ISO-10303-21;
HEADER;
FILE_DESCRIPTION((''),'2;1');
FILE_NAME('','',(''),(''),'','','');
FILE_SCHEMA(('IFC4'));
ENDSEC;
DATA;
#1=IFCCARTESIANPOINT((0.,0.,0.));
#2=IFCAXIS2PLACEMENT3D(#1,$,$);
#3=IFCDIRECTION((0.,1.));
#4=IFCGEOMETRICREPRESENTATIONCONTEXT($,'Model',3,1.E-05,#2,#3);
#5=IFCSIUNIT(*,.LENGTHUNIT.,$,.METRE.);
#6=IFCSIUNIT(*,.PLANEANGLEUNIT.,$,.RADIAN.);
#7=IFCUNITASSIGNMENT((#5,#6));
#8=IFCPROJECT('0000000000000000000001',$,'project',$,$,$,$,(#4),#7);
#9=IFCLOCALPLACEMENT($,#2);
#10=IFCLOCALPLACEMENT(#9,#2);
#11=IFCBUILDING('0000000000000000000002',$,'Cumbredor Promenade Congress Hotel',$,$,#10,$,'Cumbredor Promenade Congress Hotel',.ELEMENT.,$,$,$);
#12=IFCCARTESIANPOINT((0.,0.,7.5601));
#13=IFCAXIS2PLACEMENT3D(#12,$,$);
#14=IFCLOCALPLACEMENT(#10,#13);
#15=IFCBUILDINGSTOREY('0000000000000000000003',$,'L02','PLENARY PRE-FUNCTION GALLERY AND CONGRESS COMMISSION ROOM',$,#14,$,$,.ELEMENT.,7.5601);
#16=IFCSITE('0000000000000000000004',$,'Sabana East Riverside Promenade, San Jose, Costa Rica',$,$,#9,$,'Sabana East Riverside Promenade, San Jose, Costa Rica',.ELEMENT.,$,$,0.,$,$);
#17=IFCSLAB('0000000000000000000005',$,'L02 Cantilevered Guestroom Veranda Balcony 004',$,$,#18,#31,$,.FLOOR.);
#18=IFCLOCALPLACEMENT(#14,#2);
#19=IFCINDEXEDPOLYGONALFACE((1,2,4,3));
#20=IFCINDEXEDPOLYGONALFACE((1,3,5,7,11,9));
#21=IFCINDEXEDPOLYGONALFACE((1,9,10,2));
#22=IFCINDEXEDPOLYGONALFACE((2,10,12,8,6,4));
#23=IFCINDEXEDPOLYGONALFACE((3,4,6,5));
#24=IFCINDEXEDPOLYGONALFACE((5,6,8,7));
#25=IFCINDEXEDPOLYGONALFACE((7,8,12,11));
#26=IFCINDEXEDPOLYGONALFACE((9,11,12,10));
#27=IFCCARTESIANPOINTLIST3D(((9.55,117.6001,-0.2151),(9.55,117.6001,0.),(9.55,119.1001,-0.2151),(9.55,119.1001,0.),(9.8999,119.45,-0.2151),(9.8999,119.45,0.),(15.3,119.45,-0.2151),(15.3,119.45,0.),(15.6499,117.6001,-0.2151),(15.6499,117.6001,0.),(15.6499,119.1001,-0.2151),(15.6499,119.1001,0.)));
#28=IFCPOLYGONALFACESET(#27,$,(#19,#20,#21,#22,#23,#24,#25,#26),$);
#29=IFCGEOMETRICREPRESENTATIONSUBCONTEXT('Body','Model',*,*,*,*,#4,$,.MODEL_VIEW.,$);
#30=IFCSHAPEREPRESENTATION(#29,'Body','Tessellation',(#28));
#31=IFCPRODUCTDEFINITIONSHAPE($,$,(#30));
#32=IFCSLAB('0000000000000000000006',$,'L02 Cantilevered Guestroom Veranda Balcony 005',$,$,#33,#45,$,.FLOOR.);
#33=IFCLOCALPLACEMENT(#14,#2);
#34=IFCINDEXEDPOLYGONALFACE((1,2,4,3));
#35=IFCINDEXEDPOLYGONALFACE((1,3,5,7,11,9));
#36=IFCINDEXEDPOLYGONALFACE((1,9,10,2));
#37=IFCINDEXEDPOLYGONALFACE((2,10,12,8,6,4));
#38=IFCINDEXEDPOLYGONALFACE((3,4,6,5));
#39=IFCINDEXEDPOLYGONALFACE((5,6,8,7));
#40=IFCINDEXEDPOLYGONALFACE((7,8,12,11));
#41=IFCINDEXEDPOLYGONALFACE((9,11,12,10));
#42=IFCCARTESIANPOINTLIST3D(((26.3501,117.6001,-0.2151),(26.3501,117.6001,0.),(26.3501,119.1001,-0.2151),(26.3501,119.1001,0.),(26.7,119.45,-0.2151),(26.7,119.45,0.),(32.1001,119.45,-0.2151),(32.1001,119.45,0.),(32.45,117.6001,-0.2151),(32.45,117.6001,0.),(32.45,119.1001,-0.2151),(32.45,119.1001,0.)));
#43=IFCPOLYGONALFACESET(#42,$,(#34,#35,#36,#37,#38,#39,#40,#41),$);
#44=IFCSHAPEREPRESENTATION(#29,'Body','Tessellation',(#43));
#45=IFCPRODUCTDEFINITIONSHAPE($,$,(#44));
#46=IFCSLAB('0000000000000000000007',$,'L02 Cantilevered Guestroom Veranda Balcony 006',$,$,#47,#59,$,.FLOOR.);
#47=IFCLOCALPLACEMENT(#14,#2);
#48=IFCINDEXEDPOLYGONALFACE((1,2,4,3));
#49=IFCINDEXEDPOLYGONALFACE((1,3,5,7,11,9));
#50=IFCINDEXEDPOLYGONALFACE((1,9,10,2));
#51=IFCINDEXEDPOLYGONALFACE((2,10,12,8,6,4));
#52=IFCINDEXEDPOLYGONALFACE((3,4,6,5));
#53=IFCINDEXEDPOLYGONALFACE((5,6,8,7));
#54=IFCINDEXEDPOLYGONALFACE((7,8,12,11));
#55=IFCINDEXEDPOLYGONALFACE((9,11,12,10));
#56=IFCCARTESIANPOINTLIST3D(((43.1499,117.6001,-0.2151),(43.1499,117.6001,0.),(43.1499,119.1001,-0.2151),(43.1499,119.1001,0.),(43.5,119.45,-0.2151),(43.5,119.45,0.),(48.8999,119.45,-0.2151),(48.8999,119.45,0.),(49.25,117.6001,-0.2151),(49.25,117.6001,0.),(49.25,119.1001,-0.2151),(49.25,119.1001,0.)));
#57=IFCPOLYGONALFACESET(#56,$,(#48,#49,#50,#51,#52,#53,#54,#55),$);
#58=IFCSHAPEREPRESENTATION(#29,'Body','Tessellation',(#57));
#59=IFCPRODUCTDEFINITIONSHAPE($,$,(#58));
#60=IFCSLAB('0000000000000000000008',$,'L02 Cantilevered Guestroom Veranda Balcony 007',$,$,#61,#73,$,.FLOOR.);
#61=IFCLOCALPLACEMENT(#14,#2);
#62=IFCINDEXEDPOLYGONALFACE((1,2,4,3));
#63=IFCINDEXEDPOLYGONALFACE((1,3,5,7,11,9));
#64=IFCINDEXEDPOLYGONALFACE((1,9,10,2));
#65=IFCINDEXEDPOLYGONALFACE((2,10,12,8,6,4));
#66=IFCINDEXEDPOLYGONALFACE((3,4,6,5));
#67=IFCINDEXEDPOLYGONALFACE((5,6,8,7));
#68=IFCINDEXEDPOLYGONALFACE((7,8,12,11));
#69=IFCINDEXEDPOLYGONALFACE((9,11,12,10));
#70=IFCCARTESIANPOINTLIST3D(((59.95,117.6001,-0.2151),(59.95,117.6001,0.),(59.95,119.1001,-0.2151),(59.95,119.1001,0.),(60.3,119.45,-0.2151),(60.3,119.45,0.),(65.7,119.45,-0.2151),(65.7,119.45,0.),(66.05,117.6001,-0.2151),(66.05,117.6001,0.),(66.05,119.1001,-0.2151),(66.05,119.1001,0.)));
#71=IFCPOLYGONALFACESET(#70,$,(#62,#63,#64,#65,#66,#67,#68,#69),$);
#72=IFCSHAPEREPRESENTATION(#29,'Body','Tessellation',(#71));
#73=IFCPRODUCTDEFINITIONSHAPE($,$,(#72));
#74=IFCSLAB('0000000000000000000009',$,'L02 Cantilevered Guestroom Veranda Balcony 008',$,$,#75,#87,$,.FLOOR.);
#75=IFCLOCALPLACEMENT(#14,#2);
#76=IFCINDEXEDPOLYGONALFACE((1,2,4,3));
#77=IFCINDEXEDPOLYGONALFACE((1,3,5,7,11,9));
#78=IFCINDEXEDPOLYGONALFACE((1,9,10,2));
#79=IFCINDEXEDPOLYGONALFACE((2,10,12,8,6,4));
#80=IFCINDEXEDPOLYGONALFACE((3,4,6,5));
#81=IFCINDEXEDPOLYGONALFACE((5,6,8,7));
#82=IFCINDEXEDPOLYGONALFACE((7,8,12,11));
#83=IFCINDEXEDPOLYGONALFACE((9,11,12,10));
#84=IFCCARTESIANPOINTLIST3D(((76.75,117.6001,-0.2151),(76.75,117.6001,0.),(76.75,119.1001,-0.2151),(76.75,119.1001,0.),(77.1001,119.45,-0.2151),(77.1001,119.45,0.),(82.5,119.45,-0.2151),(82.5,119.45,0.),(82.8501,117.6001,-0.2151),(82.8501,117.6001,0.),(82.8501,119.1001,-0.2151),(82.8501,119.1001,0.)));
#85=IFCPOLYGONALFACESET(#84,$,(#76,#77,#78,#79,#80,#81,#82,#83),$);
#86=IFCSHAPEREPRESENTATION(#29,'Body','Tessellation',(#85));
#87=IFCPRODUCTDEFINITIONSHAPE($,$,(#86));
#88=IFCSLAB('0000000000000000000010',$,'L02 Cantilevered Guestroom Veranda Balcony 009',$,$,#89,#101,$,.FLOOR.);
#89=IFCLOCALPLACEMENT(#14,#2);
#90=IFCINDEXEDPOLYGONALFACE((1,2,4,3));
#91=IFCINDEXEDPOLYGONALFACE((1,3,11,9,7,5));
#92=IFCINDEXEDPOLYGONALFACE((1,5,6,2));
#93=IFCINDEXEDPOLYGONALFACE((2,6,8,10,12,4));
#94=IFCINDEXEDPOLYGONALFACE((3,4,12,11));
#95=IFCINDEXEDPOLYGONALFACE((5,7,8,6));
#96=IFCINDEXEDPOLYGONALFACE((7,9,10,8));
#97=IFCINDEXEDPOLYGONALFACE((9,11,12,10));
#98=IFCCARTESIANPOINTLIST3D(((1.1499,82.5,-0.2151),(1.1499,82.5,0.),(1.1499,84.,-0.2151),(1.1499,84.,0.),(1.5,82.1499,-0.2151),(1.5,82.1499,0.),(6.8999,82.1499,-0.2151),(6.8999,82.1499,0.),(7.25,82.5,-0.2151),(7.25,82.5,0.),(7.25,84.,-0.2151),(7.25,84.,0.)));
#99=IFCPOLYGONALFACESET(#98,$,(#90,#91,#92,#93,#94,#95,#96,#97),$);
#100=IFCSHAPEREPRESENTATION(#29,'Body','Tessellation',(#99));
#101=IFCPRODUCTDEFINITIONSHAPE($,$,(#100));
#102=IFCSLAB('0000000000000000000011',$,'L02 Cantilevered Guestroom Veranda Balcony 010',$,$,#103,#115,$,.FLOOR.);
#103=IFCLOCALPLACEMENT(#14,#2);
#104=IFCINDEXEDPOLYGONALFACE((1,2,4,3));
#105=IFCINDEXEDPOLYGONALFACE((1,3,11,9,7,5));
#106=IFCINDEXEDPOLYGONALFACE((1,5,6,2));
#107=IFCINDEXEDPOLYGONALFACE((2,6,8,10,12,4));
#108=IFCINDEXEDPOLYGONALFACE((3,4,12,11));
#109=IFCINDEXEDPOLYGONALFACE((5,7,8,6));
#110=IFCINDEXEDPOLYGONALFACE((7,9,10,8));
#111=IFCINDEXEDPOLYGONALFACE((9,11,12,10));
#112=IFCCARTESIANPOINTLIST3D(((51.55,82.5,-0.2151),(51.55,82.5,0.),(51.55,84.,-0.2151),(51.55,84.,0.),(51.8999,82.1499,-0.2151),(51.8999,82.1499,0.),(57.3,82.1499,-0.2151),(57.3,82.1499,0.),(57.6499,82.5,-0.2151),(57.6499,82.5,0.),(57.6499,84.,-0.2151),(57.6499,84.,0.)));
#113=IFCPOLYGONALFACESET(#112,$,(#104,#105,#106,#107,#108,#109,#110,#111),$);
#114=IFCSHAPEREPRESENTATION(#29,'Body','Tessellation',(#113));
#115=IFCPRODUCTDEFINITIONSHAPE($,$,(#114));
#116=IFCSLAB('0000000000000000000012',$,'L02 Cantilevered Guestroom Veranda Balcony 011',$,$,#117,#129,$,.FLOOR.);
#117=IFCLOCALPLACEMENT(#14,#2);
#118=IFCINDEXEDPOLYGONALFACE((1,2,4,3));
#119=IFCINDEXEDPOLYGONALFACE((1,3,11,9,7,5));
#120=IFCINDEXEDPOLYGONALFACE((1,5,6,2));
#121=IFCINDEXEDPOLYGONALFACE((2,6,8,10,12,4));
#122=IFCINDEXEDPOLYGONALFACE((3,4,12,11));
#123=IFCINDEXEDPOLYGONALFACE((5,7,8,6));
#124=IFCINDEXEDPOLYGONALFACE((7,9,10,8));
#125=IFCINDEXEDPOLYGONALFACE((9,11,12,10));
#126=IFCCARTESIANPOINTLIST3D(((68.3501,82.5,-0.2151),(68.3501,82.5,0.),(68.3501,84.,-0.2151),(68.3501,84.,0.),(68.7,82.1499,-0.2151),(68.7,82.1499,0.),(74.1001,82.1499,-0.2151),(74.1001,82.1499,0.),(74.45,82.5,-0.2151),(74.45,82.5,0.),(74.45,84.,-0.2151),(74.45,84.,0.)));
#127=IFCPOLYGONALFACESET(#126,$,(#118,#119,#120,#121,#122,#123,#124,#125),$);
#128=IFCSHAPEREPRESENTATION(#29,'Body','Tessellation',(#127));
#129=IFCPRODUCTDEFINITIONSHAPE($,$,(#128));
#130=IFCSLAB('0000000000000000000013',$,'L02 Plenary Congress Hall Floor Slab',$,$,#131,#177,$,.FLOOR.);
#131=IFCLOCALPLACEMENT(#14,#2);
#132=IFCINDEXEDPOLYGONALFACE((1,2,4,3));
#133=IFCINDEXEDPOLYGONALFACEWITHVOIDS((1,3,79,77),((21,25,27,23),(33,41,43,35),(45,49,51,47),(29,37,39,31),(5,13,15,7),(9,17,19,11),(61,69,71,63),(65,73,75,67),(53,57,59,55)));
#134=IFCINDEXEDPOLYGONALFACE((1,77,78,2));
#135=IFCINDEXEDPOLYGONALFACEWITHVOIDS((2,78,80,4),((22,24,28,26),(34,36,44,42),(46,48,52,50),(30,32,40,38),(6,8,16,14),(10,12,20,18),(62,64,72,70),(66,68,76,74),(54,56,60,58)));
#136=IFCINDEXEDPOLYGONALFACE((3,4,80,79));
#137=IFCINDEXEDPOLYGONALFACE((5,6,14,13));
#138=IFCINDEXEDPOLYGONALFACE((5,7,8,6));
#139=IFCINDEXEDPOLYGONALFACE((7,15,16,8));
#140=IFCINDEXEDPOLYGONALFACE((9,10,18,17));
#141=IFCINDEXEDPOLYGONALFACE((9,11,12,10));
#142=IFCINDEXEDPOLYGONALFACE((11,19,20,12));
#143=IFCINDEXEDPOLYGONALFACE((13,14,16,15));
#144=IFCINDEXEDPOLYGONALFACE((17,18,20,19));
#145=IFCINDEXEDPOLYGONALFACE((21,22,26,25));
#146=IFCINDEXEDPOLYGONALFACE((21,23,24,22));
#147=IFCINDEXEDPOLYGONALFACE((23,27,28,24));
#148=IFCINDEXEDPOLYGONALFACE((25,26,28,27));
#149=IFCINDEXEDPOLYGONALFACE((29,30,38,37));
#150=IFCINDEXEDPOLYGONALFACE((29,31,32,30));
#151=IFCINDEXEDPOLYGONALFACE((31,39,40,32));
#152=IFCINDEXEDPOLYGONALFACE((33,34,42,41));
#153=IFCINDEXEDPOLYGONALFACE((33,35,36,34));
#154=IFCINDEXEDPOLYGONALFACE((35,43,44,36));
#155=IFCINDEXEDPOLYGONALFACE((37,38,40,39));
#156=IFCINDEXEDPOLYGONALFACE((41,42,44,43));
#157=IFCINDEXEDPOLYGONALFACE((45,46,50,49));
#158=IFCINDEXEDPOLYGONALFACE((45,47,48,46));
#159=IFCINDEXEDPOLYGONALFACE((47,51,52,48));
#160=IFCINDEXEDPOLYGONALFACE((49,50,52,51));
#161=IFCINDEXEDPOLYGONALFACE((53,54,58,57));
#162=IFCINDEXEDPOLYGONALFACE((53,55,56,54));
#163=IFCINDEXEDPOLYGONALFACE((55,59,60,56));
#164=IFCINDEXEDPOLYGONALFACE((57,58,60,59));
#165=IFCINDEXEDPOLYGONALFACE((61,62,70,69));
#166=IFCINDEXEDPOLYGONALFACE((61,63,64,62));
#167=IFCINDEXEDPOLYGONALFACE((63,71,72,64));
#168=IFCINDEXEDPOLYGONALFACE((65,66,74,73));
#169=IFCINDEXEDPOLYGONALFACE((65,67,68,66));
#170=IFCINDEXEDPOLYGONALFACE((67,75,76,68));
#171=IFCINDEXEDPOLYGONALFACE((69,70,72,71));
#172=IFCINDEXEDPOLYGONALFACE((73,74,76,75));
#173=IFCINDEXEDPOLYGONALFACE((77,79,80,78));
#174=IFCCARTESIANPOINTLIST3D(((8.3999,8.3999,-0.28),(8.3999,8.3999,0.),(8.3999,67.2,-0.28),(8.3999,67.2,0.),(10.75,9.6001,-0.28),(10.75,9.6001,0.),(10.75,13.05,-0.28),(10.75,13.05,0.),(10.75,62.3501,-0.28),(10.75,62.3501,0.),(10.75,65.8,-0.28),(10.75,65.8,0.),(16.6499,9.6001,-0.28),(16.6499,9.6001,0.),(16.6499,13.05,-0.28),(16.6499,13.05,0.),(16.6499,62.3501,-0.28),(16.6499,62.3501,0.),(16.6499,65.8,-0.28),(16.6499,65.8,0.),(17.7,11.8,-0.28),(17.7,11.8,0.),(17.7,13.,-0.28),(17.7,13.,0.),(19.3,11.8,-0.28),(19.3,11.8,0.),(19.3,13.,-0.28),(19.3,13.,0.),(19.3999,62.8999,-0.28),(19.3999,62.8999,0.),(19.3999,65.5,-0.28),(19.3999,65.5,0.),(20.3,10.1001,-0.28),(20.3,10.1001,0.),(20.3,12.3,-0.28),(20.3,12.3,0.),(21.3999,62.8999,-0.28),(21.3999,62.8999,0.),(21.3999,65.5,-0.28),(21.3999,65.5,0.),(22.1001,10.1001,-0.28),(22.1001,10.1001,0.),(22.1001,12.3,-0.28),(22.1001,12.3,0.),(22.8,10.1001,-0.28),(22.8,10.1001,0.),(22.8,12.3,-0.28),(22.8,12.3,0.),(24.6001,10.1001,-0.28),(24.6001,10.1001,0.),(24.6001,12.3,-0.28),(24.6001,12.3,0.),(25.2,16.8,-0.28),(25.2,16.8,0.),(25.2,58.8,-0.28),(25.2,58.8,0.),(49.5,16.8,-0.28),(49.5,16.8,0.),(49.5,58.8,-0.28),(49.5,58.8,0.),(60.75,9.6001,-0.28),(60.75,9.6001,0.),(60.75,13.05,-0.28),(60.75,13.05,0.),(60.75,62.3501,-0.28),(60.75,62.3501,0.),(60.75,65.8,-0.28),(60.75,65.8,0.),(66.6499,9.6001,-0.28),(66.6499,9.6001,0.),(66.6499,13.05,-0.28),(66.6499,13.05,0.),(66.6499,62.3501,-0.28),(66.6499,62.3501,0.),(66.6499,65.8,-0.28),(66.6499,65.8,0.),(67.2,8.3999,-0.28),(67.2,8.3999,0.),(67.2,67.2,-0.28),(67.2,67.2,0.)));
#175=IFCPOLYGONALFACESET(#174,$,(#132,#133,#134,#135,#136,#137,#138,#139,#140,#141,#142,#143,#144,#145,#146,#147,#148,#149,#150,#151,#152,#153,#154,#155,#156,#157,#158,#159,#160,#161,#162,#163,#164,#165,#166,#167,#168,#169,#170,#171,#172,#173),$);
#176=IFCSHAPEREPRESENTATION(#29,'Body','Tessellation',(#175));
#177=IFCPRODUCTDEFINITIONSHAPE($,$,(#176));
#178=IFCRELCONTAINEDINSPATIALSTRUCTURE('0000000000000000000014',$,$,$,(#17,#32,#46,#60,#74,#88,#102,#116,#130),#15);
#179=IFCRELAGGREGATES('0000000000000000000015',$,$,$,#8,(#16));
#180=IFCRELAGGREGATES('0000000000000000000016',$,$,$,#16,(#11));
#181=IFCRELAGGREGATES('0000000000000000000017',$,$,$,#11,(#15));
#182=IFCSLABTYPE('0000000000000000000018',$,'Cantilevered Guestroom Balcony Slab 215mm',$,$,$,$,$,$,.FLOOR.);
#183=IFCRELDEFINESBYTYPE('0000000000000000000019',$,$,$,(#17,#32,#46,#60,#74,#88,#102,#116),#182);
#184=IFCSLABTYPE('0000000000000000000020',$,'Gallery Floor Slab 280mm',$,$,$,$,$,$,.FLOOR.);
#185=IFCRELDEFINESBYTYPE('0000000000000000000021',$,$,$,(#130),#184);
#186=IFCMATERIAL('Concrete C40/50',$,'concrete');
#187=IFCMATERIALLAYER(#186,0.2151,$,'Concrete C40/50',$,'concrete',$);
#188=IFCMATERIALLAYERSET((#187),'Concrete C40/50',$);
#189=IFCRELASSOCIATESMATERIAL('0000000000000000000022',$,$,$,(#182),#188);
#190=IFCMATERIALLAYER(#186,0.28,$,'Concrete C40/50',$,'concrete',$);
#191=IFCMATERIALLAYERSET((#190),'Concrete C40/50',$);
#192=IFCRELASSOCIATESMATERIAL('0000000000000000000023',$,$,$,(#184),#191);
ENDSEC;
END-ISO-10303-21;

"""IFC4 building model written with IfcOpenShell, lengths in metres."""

from ifc_helpers import new_model, si_unit, direction, frame, origin, place, context, subcontext, project, spatial, polyline, outline, extrude, material, layer, layer_set, type_object, element, save


model = new_model("IFC4")

# Units and contexts
model_context = context("Model", 3, precision=1e-05, world=origin(), true_north=direction((0.0, 1.0)))
body_context = subcontext(model_context, "Body", "Model", "MODEL_VIEW")
ifc_project = project(units=[si_unit("LENGTHUNIT", "METRE"), si_unit("PLANEANGLEUNIT", "RADIAN")], contexts=[model_context])

# Site, building, storey
site_placement = place(None, origin())
site = spatial("IfcSite", under=ifc_project, at=site_placement, Name="Sabana East Riverside Promenade, San Jose, Costa Rica", LongName="Sabana East Riverside Promenade, San Jose, Costa Rica", CompositionType="ELEMENT", RefElevation=0.0)
building_placement = place(site_placement, origin())
building = spatial("IfcBuilding", under=site, at=building_placement, Name="Cumbredor Promenade Congress Hotel", LongName="Cumbredor Promenade Congress Hotel", CompositionType="ELEMENT")
storey_placement = place(building_placement, frame((0.0, 0.0, 7.5601)))
storey = spatial("IfcBuildingStorey", under=building, at=storey_placement, Name="L02", Description="PLENARY PRE-FUNCTION GALLERY AND CONGRESS COMMISSION ROOM", CompositionType="ELEMENT", Elevation=7.5601)

# Slabs
ifc_material_1 = material(Name="Concrete C40/50", Category="concrete")
ifc_layer_1 = layer(ifc_material_1, 0.2151, Name="Concrete C40/50", Category="concrete")
ifc_layer_set_1 = layer_set([ifc_layer_1], Name="Concrete C40/50")
slab_type_1 = type_object("IfcSlabType", Name="Cantilevered Guestroom Balcony Slab 215mm", PredefinedType="FLOOR", material=ifc_layer_set_1)
slab_1_placement = place(storey_placement, frame((0.0, 0.0, -0.2151)))
element("IfcSlab", 1, at=slab_1_placement, inside=storey, type_object=slab_type_1, Name="L02 Cantilevered Guestroom Veranda Balcony 004", PredefinedType="FLOOR", context=body_context, shape_type="SweptSolid", body=[
    extrude(outline(polyline([(9.55, 117.6001), (15.6499, 117.6001), (15.6499, 119.1001), (15.3, 119.45), (9.8999, 119.45), (9.55, 119.1001), (9.55, 117.6001)])), origin(), (0.0, 0.0, 1.0), 0.2151),
])
slab_2_placement = place(storey_placement, frame((0.0, 0.0, -0.2151)))
element("IfcSlab", 2, at=slab_2_placement, inside=storey, type_object=slab_type_1, Name="L02 Cantilevered Guestroom Veranda Balcony 005", PredefinedType="FLOOR", context=body_context, shape_type="SweptSolid", body=[
    extrude(outline(polyline([(26.3501, 117.6001), (32.45, 117.6001), (32.45, 119.1001), (32.1001, 119.45), (26.7, 119.45), (26.3501, 119.1001), (26.3501, 117.6001)])), origin(), (0.0, 0.0, 1.0), 0.2151),
])
slab_3_placement = place(storey_placement, frame((0.0, 0.0, -0.2151)))
element("IfcSlab", 3, at=slab_3_placement, inside=storey, type_object=slab_type_1, Name="L02 Cantilevered Guestroom Veranda Balcony 006", PredefinedType="FLOOR", context=body_context, shape_type="SweptSolid", body=[
    extrude(outline(polyline([(43.1499, 117.6001), (49.25, 117.6001), (49.25, 119.1001), (48.8999, 119.45), (43.5, 119.45), (43.1499, 119.1001), (43.1499, 117.6001)])), origin(), (0.0, 0.0, 1.0), 0.2151),
])
slab_4_placement = place(storey_placement, frame((0.0, 0.0, -0.2151)))
element("IfcSlab", 4, at=slab_4_placement, inside=storey, type_object=slab_type_1, Name="L02 Cantilevered Guestroom Veranda Balcony 007", PredefinedType="FLOOR", context=body_context, shape_type="SweptSolid", body=[
    extrude(outline(polyline([(59.95, 117.6001), (66.05, 117.6001), (66.05, 119.1001), (65.7, 119.45), (60.3, 119.45), (59.95, 119.1001), (59.95, 117.6001)])), origin(), (0.0, 0.0, 1.0), 0.2151),
])
slab_5_placement = place(storey_placement, frame((0.0, 0.0, -0.2151)))
element("IfcSlab", 5, at=slab_5_placement, inside=storey, type_object=slab_type_1, Name="L02 Cantilevered Guestroom Veranda Balcony 008", PredefinedType="FLOOR", context=body_context, shape_type="SweptSolid", body=[
    extrude(outline(polyline([(76.75, 117.6001), (82.8501, 117.6001), (82.8501, 119.1001), (82.5, 119.45), (77.1001, 119.45), (76.75, 119.1001), (76.75, 117.6001)])), origin(), (0.0, 0.0, 1.0), 0.2151),
])
slab_6_placement = place(storey_placement, frame((0.0, 0.0, -0.2151)))
element("IfcSlab", 6, at=slab_6_placement, inside=storey, type_object=slab_type_1, Name="L02 Cantilevered Guestroom Veranda Balcony 009", PredefinedType="FLOOR", context=body_context, shape_type="SweptSolid", body=[
    extrude(outline(polyline([(1.5, 82.1499), (6.8999, 82.1499), (7.25, 82.5), (7.25, 84.0), (1.1499, 84.0), (1.1499, 82.5), (1.5, 82.1499)])), origin(), (0.0, 0.0, 1.0), 0.2151),
])
slab_7_placement = place(storey_placement, frame((0.0, 0.0, -0.2151)))
element("IfcSlab", 7, at=slab_7_placement, inside=storey, type_object=slab_type_1, Name="L02 Cantilevered Guestroom Veranda Balcony 010", PredefinedType="FLOOR", context=body_context, shape_type="SweptSolid", body=[
    extrude(outline(polyline([(51.8999, 82.1499), (57.3, 82.1499), (57.6499, 82.5), (57.6499, 84.0), (51.55, 84.0), (51.55, 82.5), (51.8999, 82.1499)])), origin(), (0.0, 0.0, 1.0), 0.2151),
])
slab_8_placement = place(storey_placement, frame((0.0, 0.0, -0.2151)))
element("IfcSlab", 8, at=slab_8_placement, inside=storey, type_object=slab_type_1, Name="L02 Cantilevered Guestroom Veranda Balcony 011", PredefinedType="FLOOR", context=body_context, shape_type="SweptSolid", body=[
    extrude(outline(polyline([(68.7, 82.1499), (74.1001, 82.1499), (74.45, 82.5), (74.45, 84.0), (68.3501, 84.0), (68.3501, 82.5), (68.7, 82.1499)])), origin(), (0.0, 0.0, 1.0), 0.2151),
])
ifc_layer_2 = layer(ifc_material_1, 0.28, Name="Concrete C40/50", Category="concrete")
ifc_layer_set_2 = layer_set([ifc_layer_2], Name="Concrete C40/50")
slab_type_2 = type_object("IfcSlabType", Name="Gallery Floor Slab 280mm", PredefinedType="FLOOR", material=ifc_layer_set_2)
slab_9_placement = place(storey_placement, frame((0.0, 0.0, -0.28)))
element("IfcSlab", 9, at=slab_9_placement, inside=storey, type_object=slab_type_2, Name="L02 Plenary Congress Hall Floor Slab", PredefinedType="FLOOR", context=body_context, shape_type="SweptSolid", body=[
    extrude(outline(polyline([(8.3999, 8.3999), (67.2, 8.3999), (67.2, 67.2), (8.3999, 67.2), (8.3999, 8.3999)]), holes=[polyline([(10.75, 9.6001), (16.6499, 9.6001), (16.6499, 13.05), (10.75, 13.05), (10.75, 9.6001)]), polyline([(60.75, 9.6001), (66.6499, 9.6001), (66.6499, 13.05), (60.75, 13.05), (60.75, 9.6001)]), polyline([(10.75, 62.3501), (16.6499, 62.3501), (16.6499, 65.8), (10.75, 65.8), (10.75, 62.3501)]), polyline([(60.75, 62.3501), (66.6499, 62.3501), (66.6499, 65.8), (60.75, 65.8), (60.75, 62.3501)]), polyline([(20.3, 10.1001), (22.1001, 10.1001), (22.1001, 12.3), (20.3, 12.3), (20.3, 10.1001)]), polyline([(22.8, 10.1001), (24.6001, 10.1001), (24.6001, 12.3), (22.8, 12.3), (22.8, 10.1001)]), polyline([(19.3999, 62.8999), (21.3999, 62.8999), (21.3999, 65.5), (19.3999, 65.5), (19.3999, 62.8999)]), polyline([(17.7, 11.8), (19.3, 11.8), (19.3, 13.0), (17.7, 13.0), (17.7, 11.8)]), polyline([(25.2, 16.8), (49.5, 16.8), (49.5, 58.8), (25.2, 58.8), (25.2, 16.8)])]), origin(), (0.0, 0.0, 1.0), 0.28),
])

save(model, "model.ifc")
